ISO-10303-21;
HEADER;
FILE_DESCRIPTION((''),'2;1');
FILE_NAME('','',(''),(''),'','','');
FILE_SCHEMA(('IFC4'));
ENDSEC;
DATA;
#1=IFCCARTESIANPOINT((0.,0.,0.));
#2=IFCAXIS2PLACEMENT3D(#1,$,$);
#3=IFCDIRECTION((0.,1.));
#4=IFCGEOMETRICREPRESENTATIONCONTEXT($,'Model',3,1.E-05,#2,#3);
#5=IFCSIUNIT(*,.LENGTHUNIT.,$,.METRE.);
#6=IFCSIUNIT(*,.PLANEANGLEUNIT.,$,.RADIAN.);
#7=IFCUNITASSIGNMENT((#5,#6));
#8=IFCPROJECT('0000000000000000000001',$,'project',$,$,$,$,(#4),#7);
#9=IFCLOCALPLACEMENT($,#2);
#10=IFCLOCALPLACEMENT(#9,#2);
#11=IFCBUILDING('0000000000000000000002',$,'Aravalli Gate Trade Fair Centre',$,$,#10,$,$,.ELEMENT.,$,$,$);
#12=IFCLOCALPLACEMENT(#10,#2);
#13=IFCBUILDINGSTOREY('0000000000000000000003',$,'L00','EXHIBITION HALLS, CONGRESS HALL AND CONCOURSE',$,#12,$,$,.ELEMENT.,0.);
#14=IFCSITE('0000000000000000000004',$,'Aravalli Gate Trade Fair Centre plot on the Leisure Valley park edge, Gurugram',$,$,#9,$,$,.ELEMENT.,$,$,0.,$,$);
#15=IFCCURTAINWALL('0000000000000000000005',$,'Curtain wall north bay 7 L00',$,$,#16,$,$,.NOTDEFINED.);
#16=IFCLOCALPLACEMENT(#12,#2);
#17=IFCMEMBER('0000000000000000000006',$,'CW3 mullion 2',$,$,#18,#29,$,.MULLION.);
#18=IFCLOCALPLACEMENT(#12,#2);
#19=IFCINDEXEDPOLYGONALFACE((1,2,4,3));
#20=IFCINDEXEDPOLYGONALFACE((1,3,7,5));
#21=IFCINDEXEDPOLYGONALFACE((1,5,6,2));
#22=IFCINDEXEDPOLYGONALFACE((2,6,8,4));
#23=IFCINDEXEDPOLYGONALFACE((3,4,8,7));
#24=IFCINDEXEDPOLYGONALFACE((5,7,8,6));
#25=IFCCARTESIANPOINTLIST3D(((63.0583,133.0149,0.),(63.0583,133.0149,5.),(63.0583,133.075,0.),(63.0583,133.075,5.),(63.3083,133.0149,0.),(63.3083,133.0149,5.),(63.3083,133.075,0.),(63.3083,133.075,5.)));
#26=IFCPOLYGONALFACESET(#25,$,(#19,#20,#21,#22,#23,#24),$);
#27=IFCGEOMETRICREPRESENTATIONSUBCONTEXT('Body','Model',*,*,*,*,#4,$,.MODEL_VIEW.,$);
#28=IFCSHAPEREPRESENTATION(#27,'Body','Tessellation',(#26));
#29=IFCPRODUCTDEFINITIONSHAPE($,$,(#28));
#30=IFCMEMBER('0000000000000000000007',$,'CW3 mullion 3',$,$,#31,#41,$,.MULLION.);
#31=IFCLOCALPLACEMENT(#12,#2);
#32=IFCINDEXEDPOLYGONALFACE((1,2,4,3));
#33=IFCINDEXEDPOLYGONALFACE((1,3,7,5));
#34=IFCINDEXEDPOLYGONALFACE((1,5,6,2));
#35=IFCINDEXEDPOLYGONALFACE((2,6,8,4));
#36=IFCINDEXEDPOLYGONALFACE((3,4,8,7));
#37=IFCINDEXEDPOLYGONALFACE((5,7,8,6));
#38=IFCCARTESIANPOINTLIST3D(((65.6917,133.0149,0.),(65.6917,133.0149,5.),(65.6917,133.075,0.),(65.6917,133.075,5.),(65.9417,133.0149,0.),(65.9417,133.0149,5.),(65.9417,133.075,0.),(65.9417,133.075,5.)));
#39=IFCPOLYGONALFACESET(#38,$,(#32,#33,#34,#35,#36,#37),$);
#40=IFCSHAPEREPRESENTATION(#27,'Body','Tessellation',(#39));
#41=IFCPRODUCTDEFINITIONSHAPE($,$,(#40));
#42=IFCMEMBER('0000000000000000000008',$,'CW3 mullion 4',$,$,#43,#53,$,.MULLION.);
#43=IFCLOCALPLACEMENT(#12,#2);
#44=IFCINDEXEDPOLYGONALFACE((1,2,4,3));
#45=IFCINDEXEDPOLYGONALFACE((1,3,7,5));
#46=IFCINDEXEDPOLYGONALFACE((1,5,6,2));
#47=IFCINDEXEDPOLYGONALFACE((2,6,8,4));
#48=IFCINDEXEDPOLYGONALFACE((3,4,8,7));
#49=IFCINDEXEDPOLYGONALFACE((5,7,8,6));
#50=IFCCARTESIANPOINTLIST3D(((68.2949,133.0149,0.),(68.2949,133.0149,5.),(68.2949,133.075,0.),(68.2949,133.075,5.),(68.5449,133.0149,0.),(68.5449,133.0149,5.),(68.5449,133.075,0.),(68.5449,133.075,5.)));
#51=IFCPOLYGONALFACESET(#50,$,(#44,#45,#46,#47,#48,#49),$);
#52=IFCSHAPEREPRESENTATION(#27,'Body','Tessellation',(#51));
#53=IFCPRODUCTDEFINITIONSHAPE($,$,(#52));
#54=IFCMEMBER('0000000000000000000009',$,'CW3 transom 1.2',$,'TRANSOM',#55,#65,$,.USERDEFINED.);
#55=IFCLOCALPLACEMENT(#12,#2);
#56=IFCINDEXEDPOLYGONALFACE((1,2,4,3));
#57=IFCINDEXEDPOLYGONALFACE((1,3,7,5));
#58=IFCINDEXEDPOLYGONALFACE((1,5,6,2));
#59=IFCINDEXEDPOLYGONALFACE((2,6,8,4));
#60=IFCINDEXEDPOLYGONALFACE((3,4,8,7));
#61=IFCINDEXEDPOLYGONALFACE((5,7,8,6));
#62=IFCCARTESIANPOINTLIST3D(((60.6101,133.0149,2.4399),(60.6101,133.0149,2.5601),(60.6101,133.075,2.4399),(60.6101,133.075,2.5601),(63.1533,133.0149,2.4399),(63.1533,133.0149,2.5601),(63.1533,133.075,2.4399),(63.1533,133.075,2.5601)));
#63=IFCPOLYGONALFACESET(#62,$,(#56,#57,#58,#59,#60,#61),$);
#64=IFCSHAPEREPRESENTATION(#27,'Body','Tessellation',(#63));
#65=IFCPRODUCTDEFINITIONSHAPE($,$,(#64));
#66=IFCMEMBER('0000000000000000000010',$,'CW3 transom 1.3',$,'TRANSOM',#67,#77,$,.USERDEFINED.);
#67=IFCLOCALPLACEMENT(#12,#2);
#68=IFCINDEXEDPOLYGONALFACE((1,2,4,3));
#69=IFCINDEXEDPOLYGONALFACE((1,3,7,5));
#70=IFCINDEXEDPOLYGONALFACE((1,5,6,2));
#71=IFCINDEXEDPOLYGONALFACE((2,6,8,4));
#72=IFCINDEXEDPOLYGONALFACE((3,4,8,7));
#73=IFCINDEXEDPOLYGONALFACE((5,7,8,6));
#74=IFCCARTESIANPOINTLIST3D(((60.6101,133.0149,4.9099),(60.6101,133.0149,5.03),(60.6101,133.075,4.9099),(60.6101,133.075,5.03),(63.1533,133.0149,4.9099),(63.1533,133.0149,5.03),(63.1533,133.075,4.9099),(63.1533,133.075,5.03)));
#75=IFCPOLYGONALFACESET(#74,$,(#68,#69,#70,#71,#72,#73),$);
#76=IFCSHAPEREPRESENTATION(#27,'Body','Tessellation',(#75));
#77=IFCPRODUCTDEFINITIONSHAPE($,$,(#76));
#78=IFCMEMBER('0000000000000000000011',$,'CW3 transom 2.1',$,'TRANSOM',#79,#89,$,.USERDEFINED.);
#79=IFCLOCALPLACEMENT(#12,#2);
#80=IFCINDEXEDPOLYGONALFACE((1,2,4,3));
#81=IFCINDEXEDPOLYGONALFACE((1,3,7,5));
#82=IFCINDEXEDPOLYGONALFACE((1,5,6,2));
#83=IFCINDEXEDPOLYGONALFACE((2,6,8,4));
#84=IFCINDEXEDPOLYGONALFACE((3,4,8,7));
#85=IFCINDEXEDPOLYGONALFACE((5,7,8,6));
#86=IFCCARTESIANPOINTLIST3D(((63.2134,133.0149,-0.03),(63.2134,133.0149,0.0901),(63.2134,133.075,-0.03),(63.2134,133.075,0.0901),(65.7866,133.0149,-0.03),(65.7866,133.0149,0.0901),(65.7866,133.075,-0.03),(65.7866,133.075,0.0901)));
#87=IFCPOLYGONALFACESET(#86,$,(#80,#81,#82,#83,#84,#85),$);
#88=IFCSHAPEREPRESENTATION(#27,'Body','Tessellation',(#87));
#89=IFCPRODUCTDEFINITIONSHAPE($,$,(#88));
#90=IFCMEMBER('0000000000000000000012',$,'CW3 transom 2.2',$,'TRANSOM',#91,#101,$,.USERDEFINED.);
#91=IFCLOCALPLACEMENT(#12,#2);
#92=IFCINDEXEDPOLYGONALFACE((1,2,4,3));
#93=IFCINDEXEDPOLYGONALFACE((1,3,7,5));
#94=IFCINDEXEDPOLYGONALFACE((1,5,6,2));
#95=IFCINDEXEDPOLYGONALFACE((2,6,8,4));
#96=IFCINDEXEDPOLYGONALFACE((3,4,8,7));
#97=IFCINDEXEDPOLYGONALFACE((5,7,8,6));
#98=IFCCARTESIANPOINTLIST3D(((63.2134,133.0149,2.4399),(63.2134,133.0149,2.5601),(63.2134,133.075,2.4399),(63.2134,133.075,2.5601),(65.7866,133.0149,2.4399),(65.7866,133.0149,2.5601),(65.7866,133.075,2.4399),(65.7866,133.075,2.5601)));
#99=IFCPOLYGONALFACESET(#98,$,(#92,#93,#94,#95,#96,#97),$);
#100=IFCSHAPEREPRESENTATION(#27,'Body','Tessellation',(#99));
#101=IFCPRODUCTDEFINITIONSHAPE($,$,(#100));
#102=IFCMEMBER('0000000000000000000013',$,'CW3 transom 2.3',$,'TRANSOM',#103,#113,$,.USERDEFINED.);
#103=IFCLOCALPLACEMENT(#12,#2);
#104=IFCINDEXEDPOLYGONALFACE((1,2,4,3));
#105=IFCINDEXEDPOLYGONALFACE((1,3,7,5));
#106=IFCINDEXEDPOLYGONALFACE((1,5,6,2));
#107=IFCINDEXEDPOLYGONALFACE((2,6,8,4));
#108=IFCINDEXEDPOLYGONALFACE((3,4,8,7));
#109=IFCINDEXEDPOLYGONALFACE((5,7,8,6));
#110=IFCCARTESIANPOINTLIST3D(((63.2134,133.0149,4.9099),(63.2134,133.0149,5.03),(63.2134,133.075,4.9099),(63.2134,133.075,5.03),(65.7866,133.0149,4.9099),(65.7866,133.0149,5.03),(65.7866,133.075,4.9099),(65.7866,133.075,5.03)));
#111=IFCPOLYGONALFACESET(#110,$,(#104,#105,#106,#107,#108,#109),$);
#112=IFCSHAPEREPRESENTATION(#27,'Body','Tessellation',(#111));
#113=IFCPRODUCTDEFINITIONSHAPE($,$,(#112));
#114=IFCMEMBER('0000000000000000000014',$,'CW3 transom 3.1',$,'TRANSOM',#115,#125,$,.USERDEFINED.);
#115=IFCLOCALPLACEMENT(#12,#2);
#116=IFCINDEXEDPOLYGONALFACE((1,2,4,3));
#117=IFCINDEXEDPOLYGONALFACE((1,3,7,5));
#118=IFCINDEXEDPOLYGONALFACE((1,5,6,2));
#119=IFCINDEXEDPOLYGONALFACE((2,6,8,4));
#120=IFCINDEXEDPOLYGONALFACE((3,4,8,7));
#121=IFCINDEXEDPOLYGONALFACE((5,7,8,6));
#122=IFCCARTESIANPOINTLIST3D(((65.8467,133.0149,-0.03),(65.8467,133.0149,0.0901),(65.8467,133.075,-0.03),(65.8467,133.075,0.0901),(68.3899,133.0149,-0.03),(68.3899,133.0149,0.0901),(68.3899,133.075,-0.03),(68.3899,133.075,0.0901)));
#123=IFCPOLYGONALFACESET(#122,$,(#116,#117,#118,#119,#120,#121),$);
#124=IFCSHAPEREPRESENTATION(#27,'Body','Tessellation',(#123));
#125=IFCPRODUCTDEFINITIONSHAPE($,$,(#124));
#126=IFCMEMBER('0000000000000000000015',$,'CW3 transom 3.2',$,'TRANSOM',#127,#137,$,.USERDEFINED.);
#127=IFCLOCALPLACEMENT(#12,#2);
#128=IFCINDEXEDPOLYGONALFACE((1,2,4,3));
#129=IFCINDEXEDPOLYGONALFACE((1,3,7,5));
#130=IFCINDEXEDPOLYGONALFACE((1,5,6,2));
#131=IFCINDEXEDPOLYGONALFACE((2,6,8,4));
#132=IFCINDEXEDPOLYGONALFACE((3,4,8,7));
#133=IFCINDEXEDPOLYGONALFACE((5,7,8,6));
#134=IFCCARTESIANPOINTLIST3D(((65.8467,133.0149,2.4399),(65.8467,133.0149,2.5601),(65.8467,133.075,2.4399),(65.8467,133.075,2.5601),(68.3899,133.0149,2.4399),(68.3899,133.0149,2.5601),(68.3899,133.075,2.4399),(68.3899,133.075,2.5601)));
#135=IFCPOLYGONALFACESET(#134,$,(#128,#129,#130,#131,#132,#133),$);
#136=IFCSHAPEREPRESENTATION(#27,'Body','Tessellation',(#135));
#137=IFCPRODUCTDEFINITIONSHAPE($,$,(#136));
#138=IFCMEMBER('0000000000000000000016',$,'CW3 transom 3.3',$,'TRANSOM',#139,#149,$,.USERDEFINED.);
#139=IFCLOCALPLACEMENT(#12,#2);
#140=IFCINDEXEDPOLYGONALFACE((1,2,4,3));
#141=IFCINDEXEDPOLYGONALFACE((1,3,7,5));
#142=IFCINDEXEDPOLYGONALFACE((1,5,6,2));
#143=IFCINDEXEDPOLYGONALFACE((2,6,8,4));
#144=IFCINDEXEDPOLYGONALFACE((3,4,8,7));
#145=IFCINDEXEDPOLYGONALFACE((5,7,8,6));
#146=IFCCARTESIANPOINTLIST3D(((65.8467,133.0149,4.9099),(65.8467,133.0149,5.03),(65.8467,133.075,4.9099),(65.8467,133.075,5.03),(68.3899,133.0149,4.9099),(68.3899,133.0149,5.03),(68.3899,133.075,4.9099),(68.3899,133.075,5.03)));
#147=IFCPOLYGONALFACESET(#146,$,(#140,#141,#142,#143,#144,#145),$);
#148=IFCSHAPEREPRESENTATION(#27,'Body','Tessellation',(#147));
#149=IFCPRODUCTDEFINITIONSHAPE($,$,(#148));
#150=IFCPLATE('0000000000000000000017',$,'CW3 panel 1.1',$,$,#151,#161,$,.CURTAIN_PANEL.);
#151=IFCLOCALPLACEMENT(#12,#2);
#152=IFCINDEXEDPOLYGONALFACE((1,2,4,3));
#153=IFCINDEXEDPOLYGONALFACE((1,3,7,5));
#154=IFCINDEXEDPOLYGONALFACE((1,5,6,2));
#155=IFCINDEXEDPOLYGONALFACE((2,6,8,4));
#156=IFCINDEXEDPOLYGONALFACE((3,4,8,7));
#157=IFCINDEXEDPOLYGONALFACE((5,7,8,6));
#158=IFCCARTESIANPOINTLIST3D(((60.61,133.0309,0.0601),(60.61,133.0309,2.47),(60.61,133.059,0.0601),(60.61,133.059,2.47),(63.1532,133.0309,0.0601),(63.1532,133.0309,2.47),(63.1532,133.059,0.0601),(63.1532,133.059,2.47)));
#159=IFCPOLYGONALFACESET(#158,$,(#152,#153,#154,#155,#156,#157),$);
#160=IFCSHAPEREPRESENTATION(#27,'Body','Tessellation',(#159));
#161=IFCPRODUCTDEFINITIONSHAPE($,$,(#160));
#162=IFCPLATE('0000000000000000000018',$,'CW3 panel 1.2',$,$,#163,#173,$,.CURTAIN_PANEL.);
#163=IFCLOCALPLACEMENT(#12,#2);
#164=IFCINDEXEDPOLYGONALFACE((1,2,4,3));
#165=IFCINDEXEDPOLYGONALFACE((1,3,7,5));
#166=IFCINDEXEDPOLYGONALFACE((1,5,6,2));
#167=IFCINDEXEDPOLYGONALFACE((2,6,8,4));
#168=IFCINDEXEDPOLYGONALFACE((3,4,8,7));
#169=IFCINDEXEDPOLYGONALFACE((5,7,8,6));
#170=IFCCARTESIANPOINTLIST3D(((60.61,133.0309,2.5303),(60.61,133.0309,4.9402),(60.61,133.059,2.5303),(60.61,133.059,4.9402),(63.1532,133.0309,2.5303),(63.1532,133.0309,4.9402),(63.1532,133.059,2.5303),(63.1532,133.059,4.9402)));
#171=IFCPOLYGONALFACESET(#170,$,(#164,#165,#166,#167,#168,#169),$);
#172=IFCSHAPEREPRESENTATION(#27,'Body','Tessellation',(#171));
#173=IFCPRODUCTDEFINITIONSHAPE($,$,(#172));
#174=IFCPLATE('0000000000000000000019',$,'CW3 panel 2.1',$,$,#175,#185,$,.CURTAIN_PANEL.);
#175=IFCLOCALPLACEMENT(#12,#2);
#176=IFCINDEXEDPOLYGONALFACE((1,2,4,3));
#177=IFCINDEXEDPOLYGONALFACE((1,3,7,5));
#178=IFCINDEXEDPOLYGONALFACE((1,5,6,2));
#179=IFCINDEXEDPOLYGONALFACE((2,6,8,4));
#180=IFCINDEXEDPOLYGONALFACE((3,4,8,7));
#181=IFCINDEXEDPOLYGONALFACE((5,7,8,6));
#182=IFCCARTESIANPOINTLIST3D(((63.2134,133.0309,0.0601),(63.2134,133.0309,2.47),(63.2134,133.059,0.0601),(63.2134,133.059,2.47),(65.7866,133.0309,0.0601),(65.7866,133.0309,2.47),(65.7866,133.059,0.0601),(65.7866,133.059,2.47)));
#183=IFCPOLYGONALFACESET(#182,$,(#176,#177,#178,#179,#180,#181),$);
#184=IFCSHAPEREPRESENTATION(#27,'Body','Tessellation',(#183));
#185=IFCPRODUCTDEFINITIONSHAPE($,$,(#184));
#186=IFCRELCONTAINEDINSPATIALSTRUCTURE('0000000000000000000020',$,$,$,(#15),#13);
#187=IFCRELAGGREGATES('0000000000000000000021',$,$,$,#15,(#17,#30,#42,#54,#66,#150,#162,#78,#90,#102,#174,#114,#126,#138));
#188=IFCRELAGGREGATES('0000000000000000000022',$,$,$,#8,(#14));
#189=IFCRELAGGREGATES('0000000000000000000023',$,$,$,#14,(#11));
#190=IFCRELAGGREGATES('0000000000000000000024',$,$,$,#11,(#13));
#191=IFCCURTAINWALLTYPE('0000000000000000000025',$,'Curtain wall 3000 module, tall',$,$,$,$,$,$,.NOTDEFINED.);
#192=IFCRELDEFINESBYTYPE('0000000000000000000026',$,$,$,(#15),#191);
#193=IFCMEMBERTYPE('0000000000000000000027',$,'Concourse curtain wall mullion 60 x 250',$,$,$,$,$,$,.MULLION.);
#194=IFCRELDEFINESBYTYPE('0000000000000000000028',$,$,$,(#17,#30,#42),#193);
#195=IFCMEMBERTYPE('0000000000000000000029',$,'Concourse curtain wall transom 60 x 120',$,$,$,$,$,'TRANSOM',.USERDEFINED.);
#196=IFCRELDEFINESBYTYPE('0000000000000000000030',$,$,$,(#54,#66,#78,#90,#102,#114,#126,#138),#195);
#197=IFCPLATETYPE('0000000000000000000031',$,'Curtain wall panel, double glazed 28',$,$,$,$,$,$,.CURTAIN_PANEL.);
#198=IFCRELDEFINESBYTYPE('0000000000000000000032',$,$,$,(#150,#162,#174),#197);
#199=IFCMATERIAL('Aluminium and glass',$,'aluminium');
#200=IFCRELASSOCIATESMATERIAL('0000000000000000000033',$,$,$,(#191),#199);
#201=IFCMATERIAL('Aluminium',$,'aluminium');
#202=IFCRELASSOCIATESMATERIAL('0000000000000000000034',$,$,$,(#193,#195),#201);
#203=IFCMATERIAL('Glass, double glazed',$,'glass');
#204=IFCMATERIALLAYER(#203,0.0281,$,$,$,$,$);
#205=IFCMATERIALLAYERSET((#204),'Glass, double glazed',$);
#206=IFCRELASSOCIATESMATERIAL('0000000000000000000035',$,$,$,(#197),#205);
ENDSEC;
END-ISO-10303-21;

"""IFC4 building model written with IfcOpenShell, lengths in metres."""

from ifc_helpers import new_model, si_unit, direction, frame, origin, origin_2d, place, context, subcontext, project, spatial, rectangle, extrude, material, layer, layer_set, material_profile, profile_set, type_object, element, aggregate, save


model = new_model("IFC4")

# Units and contexts
model_context = context("Model", 3, precision=1e-05, world=origin(), true_north=direction((0.0, 1.0)))
body_context = subcontext(model_context, "Body", "Model", "MODEL_VIEW")
ifc_project = project(units=[si_unit("LENGTHUNIT", "METRE"), si_unit("PLANEANGLEUNIT", "RADIAN")], contexts=[model_context])

# Site, building, storey
site_placement = place(None, origin())
site = spatial("IfcSite", under=ifc_project, at=site_placement, Name="Aravalli Gate Trade Fair Centre plot on the Leisure Valley park edge, Gurugram", CompositionType="ELEMENT", RefElevation=0.0)
building_placement = place(site_placement, origin())
building = spatial("IfcBuilding", under=site, at=building_placement, Name="Aravalli Gate Trade Fair Centre", CompositionType="ELEMENT")
storey_placement = place(building_placement, origin())
storey = spatial("IfcBuildingStorey", under=building, at=storey_placement, Name="L00", Description="EXHIBITION HALLS, CONGRESS HALL AND CONCOURSE", CompositionType="ELEMENT", Elevation=0.0)

# Curtain wall, members, plates
ifc_material_1 = material(Name="Aluminium and glass", Category="aluminium")
curtain_wall_type = type_object("IfcCurtainWallType", Name="Curtain wall 3000 module, tall", PredefinedType="NOTDEFINED", material=ifc_material_1)
curtain_wall_placement = place(storey_placement, origin())
curtain_wall = element("IfcCurtainWall", 1, at=curtain_wall_placement, inside=storey, type_object=curtain_wall_type, Name="Curtain wall north bay 7 L00", PredefinedType="NOTDEFINED")
ifc_material_2 = material(Name="Aluminium", Category="aluminium")
ifc_material_profile_1 = material_profile(ifc_material_2, rectangle(XDim=0.0601, YDim=0.25, at=origin_2d()), Name="Concourse curtain wall mullion 60 x 250")
ifc_profile_set_1 = profile_set([ifc_material_profile_1], Name="Aluminium")
member_type_1 = type_object("IfcMemberType", Name="Concourse curtain wall mullion 60 x 250", PredefinedType="MULLION", material=ifc_profile_set_1)
member_1_placement = place(storey_placement, frame((63.1833, 133.0449, 0.0), z_axis=(0.0, 0.0, 1.0), x_axis=(0.0, 1.0, 0.0)))
member_1 = element("IfcMember", 2, at=member_1_placement, type_object=member_type_1, Name="CW3 mullion 2", PredefinedType="MULLION", context=body_context, shape_type="SweptSolid", body=[
    extrude(rectangle(XDim=0.0601, YDim=0.25, at=origin_2d()), origin(), (0.0, 0.0, 1.0), 5.0),
])
member_2_placement = place(storey_placement, frame((65.8167, 133.0449, 0.0), z_axis=(0.0, 0.0, 1.0), x_axis=(0.0, 1.0, 0.0)))
member_2 = element("IfcMember", 3, at=member_2_placement, type_object=member_type_1, Name="CW3 mullion 3", PredefinedType="MULLION", context=body_context, shape_type="SweptSolid", body=[
    extrude(rectangle(XDim=0.0601, YDim=0.25, at=origin_2d()), origin(), (0.0, 0.0, 1.0), 5.0),
])
member_3_placement = place(storey_placement, frame((68.4199, 133.0449, 0.0), z_axis=(0.0, 0.0, 1.0), x_axis=(0.0, 1.0, 0.0)))
member_3 = element("IfcMember", 4, at=member_3_placement, type_object=member_type_1, Name="CW3 mullion 4", PredefinedType="MULLION", context=body_context, shape_type="SweptSolid", body=[
    extrude(rectangle(XDim=0.0601, YDim=0.25, at=origin_2d()), origin(), (0.0, 0.0, 1.0), 5.0),
])
ifc_material_profile_2 = material_profile(ifc_material_2, rectangle(XDim=0.0601, YDim=0.1201, at=origin_2d()), Name="Concourse curtain wall transom 60 x 120")
ifc_profile_set_2 = profile_set([ifc_material_profile_2], Name="Aluminium")
member_type_2 = type_object("IfcMemberType", Name="Concourse curtain wall transom 60 x 120", ElementType="TRANSOM", PredefinedType="USERDEFINED", material=ifc_profile_set_2)
member_4_placement = place(storey_placement, frame((60.6101, 133.0449, 2.5), z_axis=(1.0, 0.0, 0.0), x_axis=(0.0, 1.0, 0.0)))
member_4 = element("IfcMember", 5, at=member_4_placement, type_object=member_type_2, Name="CW3 transom 1.2", ObjectType="TRANSOM", PredefinedType="USERDEFINED", context=body_context, shape_type="SweptSolid", body=[
    extrude(rectangle(XDim=0.0601, YDim=0.1201, at=origin_2d()), origin(), (0.0, 0.0, 1.0), 2.5432),
])
member_5_placement = place(storey_placement, frame((60.6101, 133.0449, 4.97), z_axis=(1.0, 0.0, 0.0), x_axis=(0.0, 1.0, 0.0)))
member_5 = element("IfcMember", 6, at=member_5_placement, type_object=member_type_2, Name="CW3 transom 1.3", ObjectType="TRANSOM", PredefinedType="USERDEFINED", context=body_context, shape_type="SweptSolid", body=[
    extrude(rectangle(XDim=0.0601, YDim=0.1201, at=origin_2d()), origin(), (0.0, 0.0, 1.0), 2.5432),
])
member_6_placement = place(storey_placement, frame((63.2134, 133.0449, 0.03), z_axis=(1.0, 0.0, 0.0), x_axis=(0.0, 1.0, 0.0)))
member_6 = element("IfcMember", 7, at=member_6_placement, type_object=member_type_2, Name="CW3 transom 2.1", ObjectType="TRANSOM", PredefinedType="USERDEFINED", context=body_context, shape_type="SweptSolid", body=[
    extrude(rectangle(XDim=0.0601, YDim=0.1201, at=origin_2d()), origin(), (0.0, 0.0, 1.0), 2.5732),
])
member_7_placement = place(storey_placement, frame((63.2134, 133.0449, 2.5), z_axis=(1.0, 0.0, 0.0), x_axis=(0.0, 1.0, 0.0)))
member_7 = element("IfcMember", 8, at=member_7_placement, type_object=member_type_2, Name="CW3 transom 2.2", ObjectType="TRANSOM", PredefinedType="USERDEFINED", context=body_context, shape_type="SweptSolid", body=[
    extrude(rectangle(XDim=0.0601, YDim=0.1201, at=origin_2d()), origin(), (0.0, 0.0, 1.0), 2.5732),
])
member_8_placement = place(storey_placement, frame((63.2134, 133.0449, 4.97), z_axis=(1.0, 0.0, 0.0), x_axis=(0.0, 1.0, 0.0)))
member_8 = element("IfcMember", 9, at=member_8_placement, type_object=member_type_2, Name="CW3 transom 2.3", ObjectType="TRANSOM", PredefinedType="USERDEFINED", context=body_context, shape_type="SweptSolid", body=[
    extrude(rectangle(XDim=0.0601, YDim=0.1201, at=origin_2d()), origin(), (0.0, 0.0, 1.0), 2.5732),
])
member_9_placement = place(storey_placement, frame((65.8467, 133.0449, 0.03), z_axis=(1.0, 0.0, 0.0), x_axis=(0.0, 1.0, 0.0)))
member_9 = element("IfcMember", 10, at=member_9_placement, type_object=member_type_2, Name="CW3 transom 3.1", ObjectType="TRANSOM", PredefinedType="USERDEFINED", context=body_context, shape_type="SweptSolid", body=[
    extrude(rectangle(XDim=0.0601, YDim=0.1201, at=origin_2d()), origin(), (0.0, 0.0, 1.0), 2.5432),
])
member_10_placement = place(storey_placement, frame((65.8467, 133.0449, 2.5), z_axis=(1.0, 0.0, 0.0), x_axis=(0.0, 1.0, 0.0)))
member_10 = element("IfcMember", 11, at=member_10_placement, type_object=member_type_2, Name="CW3 transom 3.2", ObjectType="TRANSOM", PredefinedType="USERDEFINED", context=body_context, shape_type="SweptSolid", body=[
    extrude(rectangle(XDim=0.0601, YDim=0.1201, at=origin_2d()), origin(), (0.0, 0.0, 1.0), 2.5432),
])
member_11_placement = place(storey_placement, frame((65.8467, 133.0449, 4.97), z_axis=(1.0, 0.0, 0.0), x_axis=(0.0, 1.0, 0.0)))
member_11 = element("IfcMember", 12, at=member_11_placement, type_object=member_type_2, Name="CW3 transom 3.3", ObjectType="TRANSOM", PredefinedType="USERDEFINED", context=body_context, shape_type="SweptSolid", body=[
    extrude(rectangle(XDim=0.0601, YDim=0.1201, at=origin_2d()), origin(), (0.0, 0.0, 1.0), 2.5432),
])
ifc_material_3 = material(Name="Glass, double glazed", Category="glass")
ifc_layer_1 = layer(ifc_material_3, 0.0281)
ifc_layer_set_1 = layer_set([ifc_layer_1], Name="Glass, double glazed")
plate_type = type_object("IfcPlateType", Name="Curtain wall panel, double glazed 28", PredefinedType="CURTAIN_PANEL", material=ifc_layer_set_1)
plate_1_placement = place(storey_placement, frame((61.8816, 133.0449, 0.0601), z_axis=(0.0, 0.0, 1.0), x_axis=(1.0, 0.0, 0.0)))
plate_1 = element("IfcPlate", 13, at=plate_1_placement, type_object=plate_type, Name="CW3 panel 1.1", PredefinedType="CURTAIN_PANEL", context=body_context, shape_type="SweptSolid", body=[
    extrude(rectangle(XDim=2.5432, YDim=0.0281, at=origin_2d()), origin(), (0.0, 0.0, 1.0), 2.4099),
])
plate_2_placement = place(storey_placement, frame((61.8816, 133.0449, 2.5303), z_axis=(0.0, 0.0, 1.0), x_axis=(1.0, 0.0, 0.0)))
plate_2 = element("IfcPlate", 14, at=plate_2_placement, type_object=plate_type, Name="CW3 panel 1.2", PredefinedType="CURTAIN_PANEL", context=body_context, shape_type="SweptSolid", body=[
    extrude(rectangle(XDim=2.5432, YDim=0.0281, at=origin_2d()), origin(), (0.0, 0.0, 1.0), 2.4099),
])
plate_3_placement = place(storey_placement, frame((64.5, 133.0449, 0.0601), z_axis=(0.0, 0.0, 1.0), x_axis=(1.0, 0.0, 0.0)))
plate_3 = element("IfcPlate", 15, at=plate_3_placement, type_object=plate_type, Name="CW3 panel 2.1", PredefinedType="CURTAIN_PANEL", context=body_context, shape_type="SweptSolid", body=[
    extrude(rectangle(XDim=2.5732, YDim=0.0281, at=origin_2d()), origin(), (0.0, 0.0, 1.0), 2.4099),
])
aggregate(curtain_wall, [member_1, member_2, member_3, member_4, member_5, plate_1, plate_2, member_6, member_7, member_8, plate_3, member_9, member_10, member_11])

save(model, "model.ifc")
